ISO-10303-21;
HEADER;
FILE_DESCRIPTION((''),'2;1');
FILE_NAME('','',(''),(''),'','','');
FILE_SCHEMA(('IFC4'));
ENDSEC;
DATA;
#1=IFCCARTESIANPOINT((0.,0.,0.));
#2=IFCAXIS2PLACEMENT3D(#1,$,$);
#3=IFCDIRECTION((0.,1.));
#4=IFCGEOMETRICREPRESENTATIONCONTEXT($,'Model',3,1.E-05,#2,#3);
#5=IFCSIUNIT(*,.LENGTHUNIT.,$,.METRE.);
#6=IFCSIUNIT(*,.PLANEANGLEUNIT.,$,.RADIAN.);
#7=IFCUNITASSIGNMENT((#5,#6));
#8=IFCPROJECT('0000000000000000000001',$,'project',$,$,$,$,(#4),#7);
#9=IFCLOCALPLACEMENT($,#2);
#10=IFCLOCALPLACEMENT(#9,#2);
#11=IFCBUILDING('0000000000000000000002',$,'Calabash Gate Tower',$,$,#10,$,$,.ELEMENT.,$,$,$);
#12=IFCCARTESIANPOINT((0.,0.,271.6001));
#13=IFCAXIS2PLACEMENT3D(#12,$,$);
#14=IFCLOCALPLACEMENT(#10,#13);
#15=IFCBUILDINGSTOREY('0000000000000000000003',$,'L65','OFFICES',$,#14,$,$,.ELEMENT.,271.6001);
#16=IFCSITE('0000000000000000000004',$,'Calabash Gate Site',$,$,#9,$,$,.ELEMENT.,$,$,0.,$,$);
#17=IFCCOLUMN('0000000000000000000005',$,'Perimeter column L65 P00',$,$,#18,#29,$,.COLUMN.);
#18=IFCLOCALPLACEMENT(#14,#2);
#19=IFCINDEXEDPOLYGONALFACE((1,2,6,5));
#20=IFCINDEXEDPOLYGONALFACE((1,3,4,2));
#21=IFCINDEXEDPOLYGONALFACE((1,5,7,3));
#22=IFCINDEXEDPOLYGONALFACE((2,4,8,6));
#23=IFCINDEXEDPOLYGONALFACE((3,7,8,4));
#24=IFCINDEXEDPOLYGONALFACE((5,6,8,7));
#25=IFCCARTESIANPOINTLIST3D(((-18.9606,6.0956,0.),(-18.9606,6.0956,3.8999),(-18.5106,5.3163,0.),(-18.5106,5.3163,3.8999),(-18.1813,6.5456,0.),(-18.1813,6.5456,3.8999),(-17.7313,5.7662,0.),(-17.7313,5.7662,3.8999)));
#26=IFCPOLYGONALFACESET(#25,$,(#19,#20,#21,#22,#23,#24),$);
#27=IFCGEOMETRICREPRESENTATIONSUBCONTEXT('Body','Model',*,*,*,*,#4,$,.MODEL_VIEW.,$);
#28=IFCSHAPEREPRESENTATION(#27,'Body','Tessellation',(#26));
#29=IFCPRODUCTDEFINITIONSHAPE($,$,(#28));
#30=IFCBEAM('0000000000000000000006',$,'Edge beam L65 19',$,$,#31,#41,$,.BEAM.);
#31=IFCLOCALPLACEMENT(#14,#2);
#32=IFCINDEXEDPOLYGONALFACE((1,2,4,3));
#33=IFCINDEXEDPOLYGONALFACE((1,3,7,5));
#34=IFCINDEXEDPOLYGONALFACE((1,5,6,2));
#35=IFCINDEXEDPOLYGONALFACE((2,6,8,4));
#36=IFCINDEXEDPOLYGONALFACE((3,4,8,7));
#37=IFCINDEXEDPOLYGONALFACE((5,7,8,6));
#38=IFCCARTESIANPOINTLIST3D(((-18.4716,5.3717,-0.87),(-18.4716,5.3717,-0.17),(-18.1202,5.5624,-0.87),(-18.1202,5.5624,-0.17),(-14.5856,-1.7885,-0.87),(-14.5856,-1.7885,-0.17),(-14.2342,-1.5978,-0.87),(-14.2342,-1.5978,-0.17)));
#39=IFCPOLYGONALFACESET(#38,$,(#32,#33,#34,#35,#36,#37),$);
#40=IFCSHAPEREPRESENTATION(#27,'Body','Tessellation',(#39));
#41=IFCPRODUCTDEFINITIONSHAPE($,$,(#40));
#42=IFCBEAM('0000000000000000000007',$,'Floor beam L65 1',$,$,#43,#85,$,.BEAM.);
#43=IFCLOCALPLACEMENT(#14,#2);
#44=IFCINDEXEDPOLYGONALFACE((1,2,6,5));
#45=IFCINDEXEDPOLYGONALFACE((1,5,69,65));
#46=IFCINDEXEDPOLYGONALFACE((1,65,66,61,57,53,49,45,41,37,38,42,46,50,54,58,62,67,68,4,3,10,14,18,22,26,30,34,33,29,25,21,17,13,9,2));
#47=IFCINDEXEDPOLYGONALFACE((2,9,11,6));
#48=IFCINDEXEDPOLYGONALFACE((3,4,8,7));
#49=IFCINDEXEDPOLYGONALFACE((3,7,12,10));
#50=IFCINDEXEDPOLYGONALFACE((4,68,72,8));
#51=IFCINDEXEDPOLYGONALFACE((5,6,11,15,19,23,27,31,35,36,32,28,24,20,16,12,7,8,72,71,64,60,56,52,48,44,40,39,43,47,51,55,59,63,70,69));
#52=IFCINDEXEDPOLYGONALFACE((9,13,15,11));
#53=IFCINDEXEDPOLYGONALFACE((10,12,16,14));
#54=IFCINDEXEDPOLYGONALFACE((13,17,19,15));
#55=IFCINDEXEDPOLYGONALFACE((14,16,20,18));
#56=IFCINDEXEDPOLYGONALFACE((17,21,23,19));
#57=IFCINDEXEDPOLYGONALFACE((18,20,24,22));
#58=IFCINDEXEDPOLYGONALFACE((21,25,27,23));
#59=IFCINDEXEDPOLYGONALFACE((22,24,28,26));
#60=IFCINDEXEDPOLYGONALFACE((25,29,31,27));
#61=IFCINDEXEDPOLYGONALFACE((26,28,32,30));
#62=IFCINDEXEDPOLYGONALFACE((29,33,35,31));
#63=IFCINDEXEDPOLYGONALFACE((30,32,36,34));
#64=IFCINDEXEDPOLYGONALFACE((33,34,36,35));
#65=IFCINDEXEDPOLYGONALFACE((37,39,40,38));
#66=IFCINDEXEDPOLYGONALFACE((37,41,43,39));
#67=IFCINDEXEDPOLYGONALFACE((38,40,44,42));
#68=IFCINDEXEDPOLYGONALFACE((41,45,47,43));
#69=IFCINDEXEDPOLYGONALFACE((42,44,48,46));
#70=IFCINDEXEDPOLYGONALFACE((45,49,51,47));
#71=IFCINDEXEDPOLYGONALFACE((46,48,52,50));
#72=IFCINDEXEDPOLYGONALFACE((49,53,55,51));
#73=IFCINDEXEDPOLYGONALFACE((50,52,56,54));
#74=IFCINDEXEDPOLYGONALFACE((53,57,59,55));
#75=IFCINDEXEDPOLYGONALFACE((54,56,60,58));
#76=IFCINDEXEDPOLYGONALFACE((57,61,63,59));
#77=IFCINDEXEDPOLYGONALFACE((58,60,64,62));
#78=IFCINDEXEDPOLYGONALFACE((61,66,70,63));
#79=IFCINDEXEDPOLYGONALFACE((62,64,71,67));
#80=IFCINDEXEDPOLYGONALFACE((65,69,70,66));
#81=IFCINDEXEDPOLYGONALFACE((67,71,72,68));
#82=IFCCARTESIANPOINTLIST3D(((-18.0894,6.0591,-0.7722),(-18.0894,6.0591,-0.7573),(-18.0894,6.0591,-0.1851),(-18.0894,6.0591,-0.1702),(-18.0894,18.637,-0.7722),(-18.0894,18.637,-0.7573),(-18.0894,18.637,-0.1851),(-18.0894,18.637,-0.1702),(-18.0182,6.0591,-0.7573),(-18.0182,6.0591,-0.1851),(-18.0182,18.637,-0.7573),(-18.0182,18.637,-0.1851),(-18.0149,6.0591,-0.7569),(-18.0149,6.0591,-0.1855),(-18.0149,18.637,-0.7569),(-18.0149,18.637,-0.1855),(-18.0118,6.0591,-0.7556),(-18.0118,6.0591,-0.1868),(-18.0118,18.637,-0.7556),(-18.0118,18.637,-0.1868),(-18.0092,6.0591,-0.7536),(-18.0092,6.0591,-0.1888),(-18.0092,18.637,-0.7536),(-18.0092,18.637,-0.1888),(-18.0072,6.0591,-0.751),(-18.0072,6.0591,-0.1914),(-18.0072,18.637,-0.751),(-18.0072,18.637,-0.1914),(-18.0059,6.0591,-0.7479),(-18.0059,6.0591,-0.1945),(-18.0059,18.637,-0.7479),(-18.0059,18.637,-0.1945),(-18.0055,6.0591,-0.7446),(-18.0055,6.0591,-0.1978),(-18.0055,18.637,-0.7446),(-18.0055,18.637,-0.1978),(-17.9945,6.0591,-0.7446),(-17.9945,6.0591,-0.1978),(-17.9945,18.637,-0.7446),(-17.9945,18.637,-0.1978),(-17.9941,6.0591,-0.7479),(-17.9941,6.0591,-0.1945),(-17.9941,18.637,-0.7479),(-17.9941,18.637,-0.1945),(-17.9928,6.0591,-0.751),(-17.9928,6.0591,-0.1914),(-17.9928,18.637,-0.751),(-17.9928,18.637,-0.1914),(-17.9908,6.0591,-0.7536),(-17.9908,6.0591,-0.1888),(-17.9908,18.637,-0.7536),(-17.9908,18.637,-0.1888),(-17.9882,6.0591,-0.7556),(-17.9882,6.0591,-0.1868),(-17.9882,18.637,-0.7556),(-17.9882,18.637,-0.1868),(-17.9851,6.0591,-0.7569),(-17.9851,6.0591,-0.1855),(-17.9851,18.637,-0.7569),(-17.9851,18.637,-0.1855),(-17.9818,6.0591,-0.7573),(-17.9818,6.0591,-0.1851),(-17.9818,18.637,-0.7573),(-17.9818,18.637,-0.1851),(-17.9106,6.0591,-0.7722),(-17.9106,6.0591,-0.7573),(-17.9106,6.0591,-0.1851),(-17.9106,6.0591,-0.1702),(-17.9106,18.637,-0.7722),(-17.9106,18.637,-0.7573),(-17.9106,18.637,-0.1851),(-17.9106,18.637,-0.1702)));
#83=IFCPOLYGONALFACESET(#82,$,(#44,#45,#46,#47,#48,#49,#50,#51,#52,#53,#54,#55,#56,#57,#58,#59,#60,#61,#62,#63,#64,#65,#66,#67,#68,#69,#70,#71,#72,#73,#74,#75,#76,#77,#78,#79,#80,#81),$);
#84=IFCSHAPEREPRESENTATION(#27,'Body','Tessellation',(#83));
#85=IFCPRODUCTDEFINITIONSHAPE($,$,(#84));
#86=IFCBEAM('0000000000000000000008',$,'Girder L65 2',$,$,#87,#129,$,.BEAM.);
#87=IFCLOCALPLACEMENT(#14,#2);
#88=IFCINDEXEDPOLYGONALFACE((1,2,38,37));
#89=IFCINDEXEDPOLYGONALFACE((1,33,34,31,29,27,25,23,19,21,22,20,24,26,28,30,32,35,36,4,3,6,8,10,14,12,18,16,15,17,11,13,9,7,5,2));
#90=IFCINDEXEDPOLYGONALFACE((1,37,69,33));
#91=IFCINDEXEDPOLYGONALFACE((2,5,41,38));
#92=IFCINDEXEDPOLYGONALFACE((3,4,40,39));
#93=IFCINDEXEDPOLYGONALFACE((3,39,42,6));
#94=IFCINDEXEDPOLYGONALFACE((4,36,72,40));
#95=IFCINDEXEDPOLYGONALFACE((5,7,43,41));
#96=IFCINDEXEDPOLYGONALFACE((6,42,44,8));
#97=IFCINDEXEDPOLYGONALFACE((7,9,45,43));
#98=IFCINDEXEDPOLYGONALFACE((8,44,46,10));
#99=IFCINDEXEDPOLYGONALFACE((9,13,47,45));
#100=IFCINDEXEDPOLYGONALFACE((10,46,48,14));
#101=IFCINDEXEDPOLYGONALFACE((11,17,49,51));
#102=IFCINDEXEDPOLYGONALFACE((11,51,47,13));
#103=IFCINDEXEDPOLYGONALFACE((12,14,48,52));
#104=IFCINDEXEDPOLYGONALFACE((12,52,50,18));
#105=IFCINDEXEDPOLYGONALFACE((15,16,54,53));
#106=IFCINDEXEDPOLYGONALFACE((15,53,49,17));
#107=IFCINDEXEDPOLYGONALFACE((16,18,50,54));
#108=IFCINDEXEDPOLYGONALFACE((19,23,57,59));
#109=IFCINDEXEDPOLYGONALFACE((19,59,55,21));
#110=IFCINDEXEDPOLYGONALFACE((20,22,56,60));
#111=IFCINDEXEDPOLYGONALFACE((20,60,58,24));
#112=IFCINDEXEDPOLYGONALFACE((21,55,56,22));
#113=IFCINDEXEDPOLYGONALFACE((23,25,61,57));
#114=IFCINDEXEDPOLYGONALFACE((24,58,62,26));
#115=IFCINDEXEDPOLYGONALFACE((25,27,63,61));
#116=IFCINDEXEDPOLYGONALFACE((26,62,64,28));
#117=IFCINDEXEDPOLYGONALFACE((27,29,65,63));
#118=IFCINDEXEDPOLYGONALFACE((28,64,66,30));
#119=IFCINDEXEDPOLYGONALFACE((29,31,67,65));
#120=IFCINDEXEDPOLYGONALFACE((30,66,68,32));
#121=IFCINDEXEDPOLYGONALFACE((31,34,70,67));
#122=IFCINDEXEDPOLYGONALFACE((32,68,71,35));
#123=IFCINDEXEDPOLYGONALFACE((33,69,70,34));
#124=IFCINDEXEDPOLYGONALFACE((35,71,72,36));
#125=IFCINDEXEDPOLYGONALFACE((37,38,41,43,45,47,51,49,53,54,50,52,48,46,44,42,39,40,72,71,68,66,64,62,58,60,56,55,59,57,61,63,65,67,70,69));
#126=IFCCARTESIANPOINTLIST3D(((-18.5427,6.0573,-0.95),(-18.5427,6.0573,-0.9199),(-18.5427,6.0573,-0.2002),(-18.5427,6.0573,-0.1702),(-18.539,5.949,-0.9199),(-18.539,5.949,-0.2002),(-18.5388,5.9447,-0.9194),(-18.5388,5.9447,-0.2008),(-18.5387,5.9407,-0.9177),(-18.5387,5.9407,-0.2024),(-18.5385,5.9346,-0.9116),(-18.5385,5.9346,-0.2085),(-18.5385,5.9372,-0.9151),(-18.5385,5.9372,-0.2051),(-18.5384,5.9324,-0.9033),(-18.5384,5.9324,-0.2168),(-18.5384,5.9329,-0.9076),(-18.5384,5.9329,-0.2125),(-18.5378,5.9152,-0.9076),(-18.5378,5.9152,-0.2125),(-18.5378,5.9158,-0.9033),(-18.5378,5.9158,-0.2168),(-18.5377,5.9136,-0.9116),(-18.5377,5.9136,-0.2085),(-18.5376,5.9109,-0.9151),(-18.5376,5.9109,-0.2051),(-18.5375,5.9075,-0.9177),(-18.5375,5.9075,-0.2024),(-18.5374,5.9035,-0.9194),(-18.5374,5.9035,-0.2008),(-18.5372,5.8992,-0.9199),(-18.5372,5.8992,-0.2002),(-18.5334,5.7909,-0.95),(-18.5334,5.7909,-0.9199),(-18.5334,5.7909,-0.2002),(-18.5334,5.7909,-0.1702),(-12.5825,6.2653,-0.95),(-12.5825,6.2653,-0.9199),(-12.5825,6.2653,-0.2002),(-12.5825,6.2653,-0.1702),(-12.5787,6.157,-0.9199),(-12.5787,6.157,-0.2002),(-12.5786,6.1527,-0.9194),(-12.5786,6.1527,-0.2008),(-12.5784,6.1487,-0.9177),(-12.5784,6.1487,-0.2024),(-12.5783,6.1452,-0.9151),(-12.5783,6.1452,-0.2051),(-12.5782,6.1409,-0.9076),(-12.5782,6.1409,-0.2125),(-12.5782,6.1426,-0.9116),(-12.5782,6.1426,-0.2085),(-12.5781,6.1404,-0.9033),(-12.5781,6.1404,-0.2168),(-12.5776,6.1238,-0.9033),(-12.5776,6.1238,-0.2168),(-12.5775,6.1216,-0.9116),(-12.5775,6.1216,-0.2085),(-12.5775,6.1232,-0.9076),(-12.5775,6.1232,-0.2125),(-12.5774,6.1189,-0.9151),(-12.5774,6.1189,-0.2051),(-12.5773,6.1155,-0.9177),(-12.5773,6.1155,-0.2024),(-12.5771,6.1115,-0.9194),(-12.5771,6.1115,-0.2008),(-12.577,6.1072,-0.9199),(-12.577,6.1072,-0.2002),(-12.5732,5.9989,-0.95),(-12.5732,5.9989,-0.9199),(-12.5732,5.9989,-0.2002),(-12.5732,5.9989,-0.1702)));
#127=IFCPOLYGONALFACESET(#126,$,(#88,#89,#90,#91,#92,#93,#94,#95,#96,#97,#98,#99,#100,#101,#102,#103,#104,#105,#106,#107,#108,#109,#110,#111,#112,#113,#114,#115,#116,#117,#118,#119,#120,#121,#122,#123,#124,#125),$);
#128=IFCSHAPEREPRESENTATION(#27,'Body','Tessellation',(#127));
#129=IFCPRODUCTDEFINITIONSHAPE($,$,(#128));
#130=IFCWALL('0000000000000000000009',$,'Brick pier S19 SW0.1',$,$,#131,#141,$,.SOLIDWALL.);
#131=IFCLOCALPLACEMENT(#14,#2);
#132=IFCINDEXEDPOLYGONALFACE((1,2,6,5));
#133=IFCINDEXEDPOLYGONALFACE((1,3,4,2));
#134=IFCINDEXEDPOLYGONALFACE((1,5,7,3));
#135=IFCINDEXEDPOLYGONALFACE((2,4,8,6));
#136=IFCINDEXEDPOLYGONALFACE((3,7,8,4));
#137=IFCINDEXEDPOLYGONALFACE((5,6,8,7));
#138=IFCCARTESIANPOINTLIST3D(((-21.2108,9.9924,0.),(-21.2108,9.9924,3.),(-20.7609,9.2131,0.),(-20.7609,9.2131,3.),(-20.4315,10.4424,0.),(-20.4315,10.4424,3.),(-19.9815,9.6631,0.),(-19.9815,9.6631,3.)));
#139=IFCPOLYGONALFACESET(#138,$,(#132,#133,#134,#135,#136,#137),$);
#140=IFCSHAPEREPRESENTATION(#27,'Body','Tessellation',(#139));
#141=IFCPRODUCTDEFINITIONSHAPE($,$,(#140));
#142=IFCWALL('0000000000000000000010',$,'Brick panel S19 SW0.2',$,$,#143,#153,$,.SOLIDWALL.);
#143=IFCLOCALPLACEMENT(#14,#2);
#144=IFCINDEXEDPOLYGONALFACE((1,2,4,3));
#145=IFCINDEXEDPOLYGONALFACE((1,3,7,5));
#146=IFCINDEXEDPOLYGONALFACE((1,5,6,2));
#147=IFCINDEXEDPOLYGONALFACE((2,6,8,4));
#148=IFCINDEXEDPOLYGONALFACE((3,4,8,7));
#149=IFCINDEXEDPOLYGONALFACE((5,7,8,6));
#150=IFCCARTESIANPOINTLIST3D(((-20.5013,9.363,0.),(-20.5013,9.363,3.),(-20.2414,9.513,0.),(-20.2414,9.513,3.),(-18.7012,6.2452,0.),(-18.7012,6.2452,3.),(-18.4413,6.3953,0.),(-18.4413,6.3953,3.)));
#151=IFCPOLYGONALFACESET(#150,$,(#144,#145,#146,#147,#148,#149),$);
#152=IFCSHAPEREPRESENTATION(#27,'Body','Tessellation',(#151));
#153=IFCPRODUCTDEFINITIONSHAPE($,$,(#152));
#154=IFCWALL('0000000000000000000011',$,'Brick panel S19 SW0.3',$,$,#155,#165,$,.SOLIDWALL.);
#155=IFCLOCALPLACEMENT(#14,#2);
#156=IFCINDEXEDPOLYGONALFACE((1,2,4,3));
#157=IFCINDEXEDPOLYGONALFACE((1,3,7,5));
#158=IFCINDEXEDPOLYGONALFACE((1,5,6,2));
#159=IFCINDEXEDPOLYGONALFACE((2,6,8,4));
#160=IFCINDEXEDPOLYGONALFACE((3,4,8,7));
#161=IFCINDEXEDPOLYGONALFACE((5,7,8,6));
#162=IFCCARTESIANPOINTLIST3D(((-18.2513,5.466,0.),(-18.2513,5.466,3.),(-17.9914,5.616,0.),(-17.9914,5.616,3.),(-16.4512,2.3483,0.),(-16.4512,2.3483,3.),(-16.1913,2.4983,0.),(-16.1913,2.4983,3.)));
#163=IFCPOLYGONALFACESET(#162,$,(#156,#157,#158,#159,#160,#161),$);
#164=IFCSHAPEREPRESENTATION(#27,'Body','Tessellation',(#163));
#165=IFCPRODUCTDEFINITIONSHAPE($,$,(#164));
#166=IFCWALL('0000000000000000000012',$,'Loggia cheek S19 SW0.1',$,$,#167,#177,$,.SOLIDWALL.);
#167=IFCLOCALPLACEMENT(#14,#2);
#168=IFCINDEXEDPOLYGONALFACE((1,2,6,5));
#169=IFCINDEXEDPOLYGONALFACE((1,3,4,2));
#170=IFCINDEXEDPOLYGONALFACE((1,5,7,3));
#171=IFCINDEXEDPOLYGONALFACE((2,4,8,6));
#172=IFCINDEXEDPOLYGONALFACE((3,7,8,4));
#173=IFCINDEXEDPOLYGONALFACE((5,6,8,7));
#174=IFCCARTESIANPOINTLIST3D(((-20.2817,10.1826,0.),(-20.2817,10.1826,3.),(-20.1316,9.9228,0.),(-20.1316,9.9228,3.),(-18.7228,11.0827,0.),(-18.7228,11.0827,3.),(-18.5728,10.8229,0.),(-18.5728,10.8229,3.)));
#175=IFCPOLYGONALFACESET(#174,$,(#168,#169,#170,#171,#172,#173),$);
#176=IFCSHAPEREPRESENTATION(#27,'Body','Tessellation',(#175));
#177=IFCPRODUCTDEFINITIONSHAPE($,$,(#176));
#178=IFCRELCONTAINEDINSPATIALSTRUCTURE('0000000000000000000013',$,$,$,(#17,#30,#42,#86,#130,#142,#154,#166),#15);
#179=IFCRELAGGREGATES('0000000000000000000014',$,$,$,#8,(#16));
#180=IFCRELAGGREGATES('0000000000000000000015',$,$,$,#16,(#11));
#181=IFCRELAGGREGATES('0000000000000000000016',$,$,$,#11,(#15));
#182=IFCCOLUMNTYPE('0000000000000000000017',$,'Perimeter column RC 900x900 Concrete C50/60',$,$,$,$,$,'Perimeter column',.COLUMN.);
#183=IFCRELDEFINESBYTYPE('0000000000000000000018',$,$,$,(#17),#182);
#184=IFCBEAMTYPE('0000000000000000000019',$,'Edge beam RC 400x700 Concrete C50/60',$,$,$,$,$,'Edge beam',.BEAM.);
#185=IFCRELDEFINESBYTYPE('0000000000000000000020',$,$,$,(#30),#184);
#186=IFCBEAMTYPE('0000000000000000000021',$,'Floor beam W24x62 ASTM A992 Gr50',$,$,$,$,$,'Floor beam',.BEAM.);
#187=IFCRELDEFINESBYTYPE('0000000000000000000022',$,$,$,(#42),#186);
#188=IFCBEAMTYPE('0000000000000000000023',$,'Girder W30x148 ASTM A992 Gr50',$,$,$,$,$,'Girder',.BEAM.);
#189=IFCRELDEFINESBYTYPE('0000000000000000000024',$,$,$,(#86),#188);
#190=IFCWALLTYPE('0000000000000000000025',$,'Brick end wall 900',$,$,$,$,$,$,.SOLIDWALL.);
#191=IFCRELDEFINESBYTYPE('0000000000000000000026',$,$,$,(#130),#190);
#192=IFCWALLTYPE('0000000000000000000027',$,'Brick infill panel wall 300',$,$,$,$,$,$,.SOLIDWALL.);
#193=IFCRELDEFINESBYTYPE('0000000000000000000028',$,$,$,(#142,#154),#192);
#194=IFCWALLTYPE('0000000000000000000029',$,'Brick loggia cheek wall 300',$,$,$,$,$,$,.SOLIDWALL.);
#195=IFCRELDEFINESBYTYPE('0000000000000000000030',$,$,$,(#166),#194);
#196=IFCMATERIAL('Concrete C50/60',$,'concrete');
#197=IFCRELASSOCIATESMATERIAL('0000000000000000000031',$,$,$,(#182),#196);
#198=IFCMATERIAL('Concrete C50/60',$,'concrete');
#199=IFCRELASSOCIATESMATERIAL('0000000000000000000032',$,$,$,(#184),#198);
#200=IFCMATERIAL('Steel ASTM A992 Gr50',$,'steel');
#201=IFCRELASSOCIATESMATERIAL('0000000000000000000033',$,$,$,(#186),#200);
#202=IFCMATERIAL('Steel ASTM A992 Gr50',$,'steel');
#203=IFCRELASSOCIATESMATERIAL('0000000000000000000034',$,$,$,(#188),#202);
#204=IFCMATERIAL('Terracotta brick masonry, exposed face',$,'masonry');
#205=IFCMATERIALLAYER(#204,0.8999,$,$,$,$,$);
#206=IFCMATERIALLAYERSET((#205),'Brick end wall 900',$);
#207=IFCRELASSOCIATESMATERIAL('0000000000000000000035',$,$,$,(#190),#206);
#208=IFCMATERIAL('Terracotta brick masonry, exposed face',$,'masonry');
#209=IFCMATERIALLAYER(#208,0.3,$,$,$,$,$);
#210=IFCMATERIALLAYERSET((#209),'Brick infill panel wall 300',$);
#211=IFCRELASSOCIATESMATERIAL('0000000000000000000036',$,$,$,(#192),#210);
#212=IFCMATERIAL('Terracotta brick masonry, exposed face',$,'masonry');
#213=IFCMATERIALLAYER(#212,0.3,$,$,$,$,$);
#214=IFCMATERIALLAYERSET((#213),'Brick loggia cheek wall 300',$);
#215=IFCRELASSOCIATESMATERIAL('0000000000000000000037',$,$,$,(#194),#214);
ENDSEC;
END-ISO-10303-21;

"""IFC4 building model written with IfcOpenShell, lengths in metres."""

from ifc_helpers import new_model, si_unit, direction, frame, frame_2d, origin, origin_2d, place, context, subcontext, project, spatial, rectangle, i_section, extrude, material, layer, layer_set, material_profile, profile_set, type_object, element, save


model = new_model("IFC4")

# Units and contexts
model_context = context("Model", 3, precision=1e-05, world=origin(), true_north=direction((0.0, 1.0)))
body_context = subcontext(model_context, "Body", "Model", "MODEL_VIEW")
ifc_project = project(units=[si_unit("LENGTHUNIT", "METRE"), si_unit("PLANEANGLEUNIT", "RADIAN")], contexts=[model_context])

# Site, building, storey
site_placement = place(None, origin())
site = spatial("IfcSite", under=ifc_project, at=site_placement, Name="Calabash Gate Site", CompositionType="ELEMENT", RefElevation=0.0)
building_placement = place(site_placement, origin())
building = spatial("IfcBuilding", under=site, at=building_placement, Name="Calabash Gate Tower", CompositionType="ELEMENT")
storey_placement = place(building_placement, frame((0.0, 0.0, 271.6001)))
storey = spatial("IfcBuildingStorey", under=building, at=storey_placement, Name="L65", Description="OFFICES", CompositionType="ELEMENT", Elevation=271.6001)

# Column
ifc_material_1 = material(Name="Concrete C50/60", Category="concrete")
ifc_material_profile_1 = material_profile(ifc_material_1, rectangle(XDim=0.8999, YDim=0.8999, at=origin_2d()))
ifc_profile_set_1 = profile_set([ifc_material_profile_1], Name="Concrete C50/60")
column_type = type_object("IfcColumnType", Name="Perimeter column RC 900x900 Concrete C50/60", ElementType="Perimeter column", PredefinedType="COLUMN", material=ifc_profile_set_1)
column_placement = place(storey_placement, frame((-18.3459, 5.9309, 0.0), z_axis=(0.0, 0.0, 1.0), x_axis=(0.5, -0.866025, 0.0)))
element("IfcColumn", 1, at=column_placement, inside=storey, type_object=column_type, Name="Perimeter column L65 P00", PredefinedType="COLUMN", context=body_context, shape_type="SweptSolid", body=[
    extrude(rectangle(XDim=0.8999, YDim=0.8999, at=origin_2d()), origin(), (0.0, 0.0, 1.0), 3.8999),
])

# Beams
ifc_material_2 = material(Name="Concrete C50/60", Category="concrete")
ifc_material_profile_2 = material_profile(ifc_material_2, rectangle(XDim=0.3999, YDim=0.7, at=origin_2d()))
ifc_profile_set_2 = profile_set([ifc_material_profile_2], Name="Concrete C50/60")
beam_type_1 = type_object("IfcBeamType", Name="Edge beam RC 400x700 Concrete C50/60", ElementType="Edge beam", PredefinedType="BEAM", material=ifc_profile_set_2)
beam_1_placement = place(storey_placement, frame((-18.2959, 5.467, -0.52), z_axis=(0.477001, -0.878903, 0.0), x_axis=(0.878903, 0.477001, 0.0)))
element("IfcBeam", 2, at=beam_1_placement, inside=storey, type_object=beam_type_1, Name="Edge beam L65 19", PredefinedType="BEAM", context=body_context, shape_type="SweptSolid", body=[
    extrude(rectangle(XDim=0.3999, YDim=0.7, at=origin_2d()), origin(), (0.0, 0.0, 1.0), 8.1467),
])
ifc_material_3 = material(Name="Steel ASTM A992 Gr50", Category="steel")
ifc_material_profile_3 = material_profile(ifc_material_3, i_section(OverallWidth=0.1787, OverallDepth=0.6021, WebThickness=0.011, FlangeThickness=0.0149, FilletRadius=0.0127, at=origin_2d()))
ifc_profile_set_3 = profile_set([ifc_material_profile_3], Name="Steel ASTM A992 Gr50")
beam_type_2 = type_object("IfcBeamType", Name="Floor beam W24x62 ASTM A992 Gr50", ElementType="Floor beam", PredefinedType="BEAM", material=ifc_profile_set_3)
beam_2_placement = place(storey_placement, frame((-18.0, 6.0591, -0.4712), z_axis=(0.0, 1.0, 0.0), x_axis=(-1.0, 0.0, 0.0)))
element("IfcBeam", 3, at=beam_2_placement, inside=storey, type_object=beam_type_2, Name="Floor beam L65 1", PredefinedType="BEAM", context=body_context, shape_type="SweptSolid", body=[
    extrude(i_section(OverallWidth=0.1787, OverallDepth=0.6021, WebThickness=0.011, FlangeThickness=0.0149, FilletRadius=0.0127, at=origin_2d()), origin(), (0.0, 0.0, 1.0), 12.5779),
])
ifc_material_4 = material(Name="Steel ASTM A992 Gr50", Category="steel")
ifc_material_profile_4 = material_profile(ifc_material_4, i_section(OverallWidth=0.2666, OverallDepth=0.7798, WebThickness=0.0166, FlangeThickness=0.03, FilletRadius=0.0166, at=origin_2d()))
ifc_profile_set_4 = profile_set([ifc_material_profile_4], Name="Steel ASTM A992 Gr50")
beam_type_3 = type_object("IfcBeamType", Name="Girder W30x148 ASTM A992 Gr50", ElementType="Girder", PredefinedType="BEAM", material=ifc_profile_set_4)
beam_3_placement = place(storey_placement, frame((-18.5381, 5.9241, -0.5601), z_axis=(0.999392, 0.034878, 0.0), x_axis=(-0.034878, 0.999392, 0.0)))
element("IfcBeam", 4, at=beam_3_placement, inside=storey, type_object=beam_type_3, Name="Girder L65 2", PredefinedType="BEAM", context=body_context, shape_type="SweptSolid", body=[
    extrude(i_section(OverallWidth=0.2666, OverallDepth=0.7798, WebThickness=0.0166, FlangeThickness=0.03, FilletRadius=0.0166, at=origin_2d()), origin(), (0.0, 0.0, 1.0), 5.9639),
])

# Walls
ifc_material_5 = material(Name="Terracotta brick masonry, exposed face", Category="masonry")
ifc_layer_1 = layer(ifc_material_5, 0.8999)
ifc_layer_set_1 = layer_set([ifc_layer_1], Name="Brick end wall 900")
wall_type_1 = type_object("IfcWallType", Name="Brick end wall 900", PredefinedType="SOLIDWALL", material=ifc_layer_set_1)
wall_1_placement = place(storey_placement, frame((-20.9858, 9.6028, 0.0), z_axis=(0.0, 0.0, 1.0), x_axis=(0.866014, 0.50002, 0.0)))
element("IfcWall", 5, at=wall_1_placement, inside=storey, type_object=wall_type_1, Name="Brick pier S19 SW0.1", PredefinedType="SOLIDWALL", context=body_context, shape_type="SweptSolid", body=[
    extrude(rectangle(XDim=0.8999, YDim=0.8999, at=frame_2d((0.45, 0.0))), origin(), (0.0, 0.0, 1.0), 3.0),
])
ifc_material_6 = material(Name="Terracotta brick masonry, exposed face", Category="masonry")
ifc_layer_2 = layer(ifc_material_6, 0.3)
ifc_layer_set_2 = layer_set([ifc_layer_2], Name="Brick infill panel wall 300")
wall_type_2 = type_object("IfcWallType", Name="Brick infill panel wall 300", PredefinedType="SOLIDWALL", material=ifc_layer_set_2)
for number, where, z_axis, x_axis, name in (
    (6, (-20.3713, 9.438, 0.0), (0.0, 0.0, 1.0), (0.500012, -0.866018, 0.0), "Brick panel S19 SW0.2"),
    (7, (-18.1213, 5.541, 0.0), (0.0, 0.0, 1.0), (0.500012, -0.866018, 0.0), "Brick panel S19 SW0.3"),
):
    element("IfcWall", number, at=place(storey_placement, frame(where, z_axis=z_axis, x_axis=x_axis)), inside=storey, type_object=wall_type_2, Name=name, PredefinedType="SOLIDWALL", context=body_context, shape_type="SweptSolid", body=[
        extrude(rectangle(XDim=3.6001, YDim=0.3, at=frame_2d((1.8, 0.0))), origin(), (0.0, 0.0, 1.0), 3.0),
    ])
ifc_material_7 = material(Name="Terracotta brick masonry, exposed face", Category="masonry")
ifc_layer_3 = layer(ifc_material_7, 0.3)
ifc_layer_set_3 = layer_set([ifc_layer_3], Name="Brick loggia cheek wall 300")
wall_type_3 = type_object("IfcWallType", Name="Brick loggia cheek wall 300", PredefinedType="SOLIDWALL", material=ifc_layer_set_3)
wall_2_placement = place(storey_placement, frame((-20.2065, 10.0527, 0.0), z_axis=(0.0, 0.0, 1.0), x_axis=(0.865989, 0.500063, 0.0)))
element("IfcWall", 8, at=wall_2_placement, inside=storey, type_object=wall_type_3, Name="Loggia cheek S19 SW0.1", PredefinedType="SOLIDWALL", context=body_context, shape_type="SweptSolid", body=[
    extrude(rectangle(XDim=1.8, YDim=0.3, at=frame_2d((0.8999, 0.0))), origin(), (0.0, 0.0, 1.0), 3.0),
])

save(model, "model.ifc")
